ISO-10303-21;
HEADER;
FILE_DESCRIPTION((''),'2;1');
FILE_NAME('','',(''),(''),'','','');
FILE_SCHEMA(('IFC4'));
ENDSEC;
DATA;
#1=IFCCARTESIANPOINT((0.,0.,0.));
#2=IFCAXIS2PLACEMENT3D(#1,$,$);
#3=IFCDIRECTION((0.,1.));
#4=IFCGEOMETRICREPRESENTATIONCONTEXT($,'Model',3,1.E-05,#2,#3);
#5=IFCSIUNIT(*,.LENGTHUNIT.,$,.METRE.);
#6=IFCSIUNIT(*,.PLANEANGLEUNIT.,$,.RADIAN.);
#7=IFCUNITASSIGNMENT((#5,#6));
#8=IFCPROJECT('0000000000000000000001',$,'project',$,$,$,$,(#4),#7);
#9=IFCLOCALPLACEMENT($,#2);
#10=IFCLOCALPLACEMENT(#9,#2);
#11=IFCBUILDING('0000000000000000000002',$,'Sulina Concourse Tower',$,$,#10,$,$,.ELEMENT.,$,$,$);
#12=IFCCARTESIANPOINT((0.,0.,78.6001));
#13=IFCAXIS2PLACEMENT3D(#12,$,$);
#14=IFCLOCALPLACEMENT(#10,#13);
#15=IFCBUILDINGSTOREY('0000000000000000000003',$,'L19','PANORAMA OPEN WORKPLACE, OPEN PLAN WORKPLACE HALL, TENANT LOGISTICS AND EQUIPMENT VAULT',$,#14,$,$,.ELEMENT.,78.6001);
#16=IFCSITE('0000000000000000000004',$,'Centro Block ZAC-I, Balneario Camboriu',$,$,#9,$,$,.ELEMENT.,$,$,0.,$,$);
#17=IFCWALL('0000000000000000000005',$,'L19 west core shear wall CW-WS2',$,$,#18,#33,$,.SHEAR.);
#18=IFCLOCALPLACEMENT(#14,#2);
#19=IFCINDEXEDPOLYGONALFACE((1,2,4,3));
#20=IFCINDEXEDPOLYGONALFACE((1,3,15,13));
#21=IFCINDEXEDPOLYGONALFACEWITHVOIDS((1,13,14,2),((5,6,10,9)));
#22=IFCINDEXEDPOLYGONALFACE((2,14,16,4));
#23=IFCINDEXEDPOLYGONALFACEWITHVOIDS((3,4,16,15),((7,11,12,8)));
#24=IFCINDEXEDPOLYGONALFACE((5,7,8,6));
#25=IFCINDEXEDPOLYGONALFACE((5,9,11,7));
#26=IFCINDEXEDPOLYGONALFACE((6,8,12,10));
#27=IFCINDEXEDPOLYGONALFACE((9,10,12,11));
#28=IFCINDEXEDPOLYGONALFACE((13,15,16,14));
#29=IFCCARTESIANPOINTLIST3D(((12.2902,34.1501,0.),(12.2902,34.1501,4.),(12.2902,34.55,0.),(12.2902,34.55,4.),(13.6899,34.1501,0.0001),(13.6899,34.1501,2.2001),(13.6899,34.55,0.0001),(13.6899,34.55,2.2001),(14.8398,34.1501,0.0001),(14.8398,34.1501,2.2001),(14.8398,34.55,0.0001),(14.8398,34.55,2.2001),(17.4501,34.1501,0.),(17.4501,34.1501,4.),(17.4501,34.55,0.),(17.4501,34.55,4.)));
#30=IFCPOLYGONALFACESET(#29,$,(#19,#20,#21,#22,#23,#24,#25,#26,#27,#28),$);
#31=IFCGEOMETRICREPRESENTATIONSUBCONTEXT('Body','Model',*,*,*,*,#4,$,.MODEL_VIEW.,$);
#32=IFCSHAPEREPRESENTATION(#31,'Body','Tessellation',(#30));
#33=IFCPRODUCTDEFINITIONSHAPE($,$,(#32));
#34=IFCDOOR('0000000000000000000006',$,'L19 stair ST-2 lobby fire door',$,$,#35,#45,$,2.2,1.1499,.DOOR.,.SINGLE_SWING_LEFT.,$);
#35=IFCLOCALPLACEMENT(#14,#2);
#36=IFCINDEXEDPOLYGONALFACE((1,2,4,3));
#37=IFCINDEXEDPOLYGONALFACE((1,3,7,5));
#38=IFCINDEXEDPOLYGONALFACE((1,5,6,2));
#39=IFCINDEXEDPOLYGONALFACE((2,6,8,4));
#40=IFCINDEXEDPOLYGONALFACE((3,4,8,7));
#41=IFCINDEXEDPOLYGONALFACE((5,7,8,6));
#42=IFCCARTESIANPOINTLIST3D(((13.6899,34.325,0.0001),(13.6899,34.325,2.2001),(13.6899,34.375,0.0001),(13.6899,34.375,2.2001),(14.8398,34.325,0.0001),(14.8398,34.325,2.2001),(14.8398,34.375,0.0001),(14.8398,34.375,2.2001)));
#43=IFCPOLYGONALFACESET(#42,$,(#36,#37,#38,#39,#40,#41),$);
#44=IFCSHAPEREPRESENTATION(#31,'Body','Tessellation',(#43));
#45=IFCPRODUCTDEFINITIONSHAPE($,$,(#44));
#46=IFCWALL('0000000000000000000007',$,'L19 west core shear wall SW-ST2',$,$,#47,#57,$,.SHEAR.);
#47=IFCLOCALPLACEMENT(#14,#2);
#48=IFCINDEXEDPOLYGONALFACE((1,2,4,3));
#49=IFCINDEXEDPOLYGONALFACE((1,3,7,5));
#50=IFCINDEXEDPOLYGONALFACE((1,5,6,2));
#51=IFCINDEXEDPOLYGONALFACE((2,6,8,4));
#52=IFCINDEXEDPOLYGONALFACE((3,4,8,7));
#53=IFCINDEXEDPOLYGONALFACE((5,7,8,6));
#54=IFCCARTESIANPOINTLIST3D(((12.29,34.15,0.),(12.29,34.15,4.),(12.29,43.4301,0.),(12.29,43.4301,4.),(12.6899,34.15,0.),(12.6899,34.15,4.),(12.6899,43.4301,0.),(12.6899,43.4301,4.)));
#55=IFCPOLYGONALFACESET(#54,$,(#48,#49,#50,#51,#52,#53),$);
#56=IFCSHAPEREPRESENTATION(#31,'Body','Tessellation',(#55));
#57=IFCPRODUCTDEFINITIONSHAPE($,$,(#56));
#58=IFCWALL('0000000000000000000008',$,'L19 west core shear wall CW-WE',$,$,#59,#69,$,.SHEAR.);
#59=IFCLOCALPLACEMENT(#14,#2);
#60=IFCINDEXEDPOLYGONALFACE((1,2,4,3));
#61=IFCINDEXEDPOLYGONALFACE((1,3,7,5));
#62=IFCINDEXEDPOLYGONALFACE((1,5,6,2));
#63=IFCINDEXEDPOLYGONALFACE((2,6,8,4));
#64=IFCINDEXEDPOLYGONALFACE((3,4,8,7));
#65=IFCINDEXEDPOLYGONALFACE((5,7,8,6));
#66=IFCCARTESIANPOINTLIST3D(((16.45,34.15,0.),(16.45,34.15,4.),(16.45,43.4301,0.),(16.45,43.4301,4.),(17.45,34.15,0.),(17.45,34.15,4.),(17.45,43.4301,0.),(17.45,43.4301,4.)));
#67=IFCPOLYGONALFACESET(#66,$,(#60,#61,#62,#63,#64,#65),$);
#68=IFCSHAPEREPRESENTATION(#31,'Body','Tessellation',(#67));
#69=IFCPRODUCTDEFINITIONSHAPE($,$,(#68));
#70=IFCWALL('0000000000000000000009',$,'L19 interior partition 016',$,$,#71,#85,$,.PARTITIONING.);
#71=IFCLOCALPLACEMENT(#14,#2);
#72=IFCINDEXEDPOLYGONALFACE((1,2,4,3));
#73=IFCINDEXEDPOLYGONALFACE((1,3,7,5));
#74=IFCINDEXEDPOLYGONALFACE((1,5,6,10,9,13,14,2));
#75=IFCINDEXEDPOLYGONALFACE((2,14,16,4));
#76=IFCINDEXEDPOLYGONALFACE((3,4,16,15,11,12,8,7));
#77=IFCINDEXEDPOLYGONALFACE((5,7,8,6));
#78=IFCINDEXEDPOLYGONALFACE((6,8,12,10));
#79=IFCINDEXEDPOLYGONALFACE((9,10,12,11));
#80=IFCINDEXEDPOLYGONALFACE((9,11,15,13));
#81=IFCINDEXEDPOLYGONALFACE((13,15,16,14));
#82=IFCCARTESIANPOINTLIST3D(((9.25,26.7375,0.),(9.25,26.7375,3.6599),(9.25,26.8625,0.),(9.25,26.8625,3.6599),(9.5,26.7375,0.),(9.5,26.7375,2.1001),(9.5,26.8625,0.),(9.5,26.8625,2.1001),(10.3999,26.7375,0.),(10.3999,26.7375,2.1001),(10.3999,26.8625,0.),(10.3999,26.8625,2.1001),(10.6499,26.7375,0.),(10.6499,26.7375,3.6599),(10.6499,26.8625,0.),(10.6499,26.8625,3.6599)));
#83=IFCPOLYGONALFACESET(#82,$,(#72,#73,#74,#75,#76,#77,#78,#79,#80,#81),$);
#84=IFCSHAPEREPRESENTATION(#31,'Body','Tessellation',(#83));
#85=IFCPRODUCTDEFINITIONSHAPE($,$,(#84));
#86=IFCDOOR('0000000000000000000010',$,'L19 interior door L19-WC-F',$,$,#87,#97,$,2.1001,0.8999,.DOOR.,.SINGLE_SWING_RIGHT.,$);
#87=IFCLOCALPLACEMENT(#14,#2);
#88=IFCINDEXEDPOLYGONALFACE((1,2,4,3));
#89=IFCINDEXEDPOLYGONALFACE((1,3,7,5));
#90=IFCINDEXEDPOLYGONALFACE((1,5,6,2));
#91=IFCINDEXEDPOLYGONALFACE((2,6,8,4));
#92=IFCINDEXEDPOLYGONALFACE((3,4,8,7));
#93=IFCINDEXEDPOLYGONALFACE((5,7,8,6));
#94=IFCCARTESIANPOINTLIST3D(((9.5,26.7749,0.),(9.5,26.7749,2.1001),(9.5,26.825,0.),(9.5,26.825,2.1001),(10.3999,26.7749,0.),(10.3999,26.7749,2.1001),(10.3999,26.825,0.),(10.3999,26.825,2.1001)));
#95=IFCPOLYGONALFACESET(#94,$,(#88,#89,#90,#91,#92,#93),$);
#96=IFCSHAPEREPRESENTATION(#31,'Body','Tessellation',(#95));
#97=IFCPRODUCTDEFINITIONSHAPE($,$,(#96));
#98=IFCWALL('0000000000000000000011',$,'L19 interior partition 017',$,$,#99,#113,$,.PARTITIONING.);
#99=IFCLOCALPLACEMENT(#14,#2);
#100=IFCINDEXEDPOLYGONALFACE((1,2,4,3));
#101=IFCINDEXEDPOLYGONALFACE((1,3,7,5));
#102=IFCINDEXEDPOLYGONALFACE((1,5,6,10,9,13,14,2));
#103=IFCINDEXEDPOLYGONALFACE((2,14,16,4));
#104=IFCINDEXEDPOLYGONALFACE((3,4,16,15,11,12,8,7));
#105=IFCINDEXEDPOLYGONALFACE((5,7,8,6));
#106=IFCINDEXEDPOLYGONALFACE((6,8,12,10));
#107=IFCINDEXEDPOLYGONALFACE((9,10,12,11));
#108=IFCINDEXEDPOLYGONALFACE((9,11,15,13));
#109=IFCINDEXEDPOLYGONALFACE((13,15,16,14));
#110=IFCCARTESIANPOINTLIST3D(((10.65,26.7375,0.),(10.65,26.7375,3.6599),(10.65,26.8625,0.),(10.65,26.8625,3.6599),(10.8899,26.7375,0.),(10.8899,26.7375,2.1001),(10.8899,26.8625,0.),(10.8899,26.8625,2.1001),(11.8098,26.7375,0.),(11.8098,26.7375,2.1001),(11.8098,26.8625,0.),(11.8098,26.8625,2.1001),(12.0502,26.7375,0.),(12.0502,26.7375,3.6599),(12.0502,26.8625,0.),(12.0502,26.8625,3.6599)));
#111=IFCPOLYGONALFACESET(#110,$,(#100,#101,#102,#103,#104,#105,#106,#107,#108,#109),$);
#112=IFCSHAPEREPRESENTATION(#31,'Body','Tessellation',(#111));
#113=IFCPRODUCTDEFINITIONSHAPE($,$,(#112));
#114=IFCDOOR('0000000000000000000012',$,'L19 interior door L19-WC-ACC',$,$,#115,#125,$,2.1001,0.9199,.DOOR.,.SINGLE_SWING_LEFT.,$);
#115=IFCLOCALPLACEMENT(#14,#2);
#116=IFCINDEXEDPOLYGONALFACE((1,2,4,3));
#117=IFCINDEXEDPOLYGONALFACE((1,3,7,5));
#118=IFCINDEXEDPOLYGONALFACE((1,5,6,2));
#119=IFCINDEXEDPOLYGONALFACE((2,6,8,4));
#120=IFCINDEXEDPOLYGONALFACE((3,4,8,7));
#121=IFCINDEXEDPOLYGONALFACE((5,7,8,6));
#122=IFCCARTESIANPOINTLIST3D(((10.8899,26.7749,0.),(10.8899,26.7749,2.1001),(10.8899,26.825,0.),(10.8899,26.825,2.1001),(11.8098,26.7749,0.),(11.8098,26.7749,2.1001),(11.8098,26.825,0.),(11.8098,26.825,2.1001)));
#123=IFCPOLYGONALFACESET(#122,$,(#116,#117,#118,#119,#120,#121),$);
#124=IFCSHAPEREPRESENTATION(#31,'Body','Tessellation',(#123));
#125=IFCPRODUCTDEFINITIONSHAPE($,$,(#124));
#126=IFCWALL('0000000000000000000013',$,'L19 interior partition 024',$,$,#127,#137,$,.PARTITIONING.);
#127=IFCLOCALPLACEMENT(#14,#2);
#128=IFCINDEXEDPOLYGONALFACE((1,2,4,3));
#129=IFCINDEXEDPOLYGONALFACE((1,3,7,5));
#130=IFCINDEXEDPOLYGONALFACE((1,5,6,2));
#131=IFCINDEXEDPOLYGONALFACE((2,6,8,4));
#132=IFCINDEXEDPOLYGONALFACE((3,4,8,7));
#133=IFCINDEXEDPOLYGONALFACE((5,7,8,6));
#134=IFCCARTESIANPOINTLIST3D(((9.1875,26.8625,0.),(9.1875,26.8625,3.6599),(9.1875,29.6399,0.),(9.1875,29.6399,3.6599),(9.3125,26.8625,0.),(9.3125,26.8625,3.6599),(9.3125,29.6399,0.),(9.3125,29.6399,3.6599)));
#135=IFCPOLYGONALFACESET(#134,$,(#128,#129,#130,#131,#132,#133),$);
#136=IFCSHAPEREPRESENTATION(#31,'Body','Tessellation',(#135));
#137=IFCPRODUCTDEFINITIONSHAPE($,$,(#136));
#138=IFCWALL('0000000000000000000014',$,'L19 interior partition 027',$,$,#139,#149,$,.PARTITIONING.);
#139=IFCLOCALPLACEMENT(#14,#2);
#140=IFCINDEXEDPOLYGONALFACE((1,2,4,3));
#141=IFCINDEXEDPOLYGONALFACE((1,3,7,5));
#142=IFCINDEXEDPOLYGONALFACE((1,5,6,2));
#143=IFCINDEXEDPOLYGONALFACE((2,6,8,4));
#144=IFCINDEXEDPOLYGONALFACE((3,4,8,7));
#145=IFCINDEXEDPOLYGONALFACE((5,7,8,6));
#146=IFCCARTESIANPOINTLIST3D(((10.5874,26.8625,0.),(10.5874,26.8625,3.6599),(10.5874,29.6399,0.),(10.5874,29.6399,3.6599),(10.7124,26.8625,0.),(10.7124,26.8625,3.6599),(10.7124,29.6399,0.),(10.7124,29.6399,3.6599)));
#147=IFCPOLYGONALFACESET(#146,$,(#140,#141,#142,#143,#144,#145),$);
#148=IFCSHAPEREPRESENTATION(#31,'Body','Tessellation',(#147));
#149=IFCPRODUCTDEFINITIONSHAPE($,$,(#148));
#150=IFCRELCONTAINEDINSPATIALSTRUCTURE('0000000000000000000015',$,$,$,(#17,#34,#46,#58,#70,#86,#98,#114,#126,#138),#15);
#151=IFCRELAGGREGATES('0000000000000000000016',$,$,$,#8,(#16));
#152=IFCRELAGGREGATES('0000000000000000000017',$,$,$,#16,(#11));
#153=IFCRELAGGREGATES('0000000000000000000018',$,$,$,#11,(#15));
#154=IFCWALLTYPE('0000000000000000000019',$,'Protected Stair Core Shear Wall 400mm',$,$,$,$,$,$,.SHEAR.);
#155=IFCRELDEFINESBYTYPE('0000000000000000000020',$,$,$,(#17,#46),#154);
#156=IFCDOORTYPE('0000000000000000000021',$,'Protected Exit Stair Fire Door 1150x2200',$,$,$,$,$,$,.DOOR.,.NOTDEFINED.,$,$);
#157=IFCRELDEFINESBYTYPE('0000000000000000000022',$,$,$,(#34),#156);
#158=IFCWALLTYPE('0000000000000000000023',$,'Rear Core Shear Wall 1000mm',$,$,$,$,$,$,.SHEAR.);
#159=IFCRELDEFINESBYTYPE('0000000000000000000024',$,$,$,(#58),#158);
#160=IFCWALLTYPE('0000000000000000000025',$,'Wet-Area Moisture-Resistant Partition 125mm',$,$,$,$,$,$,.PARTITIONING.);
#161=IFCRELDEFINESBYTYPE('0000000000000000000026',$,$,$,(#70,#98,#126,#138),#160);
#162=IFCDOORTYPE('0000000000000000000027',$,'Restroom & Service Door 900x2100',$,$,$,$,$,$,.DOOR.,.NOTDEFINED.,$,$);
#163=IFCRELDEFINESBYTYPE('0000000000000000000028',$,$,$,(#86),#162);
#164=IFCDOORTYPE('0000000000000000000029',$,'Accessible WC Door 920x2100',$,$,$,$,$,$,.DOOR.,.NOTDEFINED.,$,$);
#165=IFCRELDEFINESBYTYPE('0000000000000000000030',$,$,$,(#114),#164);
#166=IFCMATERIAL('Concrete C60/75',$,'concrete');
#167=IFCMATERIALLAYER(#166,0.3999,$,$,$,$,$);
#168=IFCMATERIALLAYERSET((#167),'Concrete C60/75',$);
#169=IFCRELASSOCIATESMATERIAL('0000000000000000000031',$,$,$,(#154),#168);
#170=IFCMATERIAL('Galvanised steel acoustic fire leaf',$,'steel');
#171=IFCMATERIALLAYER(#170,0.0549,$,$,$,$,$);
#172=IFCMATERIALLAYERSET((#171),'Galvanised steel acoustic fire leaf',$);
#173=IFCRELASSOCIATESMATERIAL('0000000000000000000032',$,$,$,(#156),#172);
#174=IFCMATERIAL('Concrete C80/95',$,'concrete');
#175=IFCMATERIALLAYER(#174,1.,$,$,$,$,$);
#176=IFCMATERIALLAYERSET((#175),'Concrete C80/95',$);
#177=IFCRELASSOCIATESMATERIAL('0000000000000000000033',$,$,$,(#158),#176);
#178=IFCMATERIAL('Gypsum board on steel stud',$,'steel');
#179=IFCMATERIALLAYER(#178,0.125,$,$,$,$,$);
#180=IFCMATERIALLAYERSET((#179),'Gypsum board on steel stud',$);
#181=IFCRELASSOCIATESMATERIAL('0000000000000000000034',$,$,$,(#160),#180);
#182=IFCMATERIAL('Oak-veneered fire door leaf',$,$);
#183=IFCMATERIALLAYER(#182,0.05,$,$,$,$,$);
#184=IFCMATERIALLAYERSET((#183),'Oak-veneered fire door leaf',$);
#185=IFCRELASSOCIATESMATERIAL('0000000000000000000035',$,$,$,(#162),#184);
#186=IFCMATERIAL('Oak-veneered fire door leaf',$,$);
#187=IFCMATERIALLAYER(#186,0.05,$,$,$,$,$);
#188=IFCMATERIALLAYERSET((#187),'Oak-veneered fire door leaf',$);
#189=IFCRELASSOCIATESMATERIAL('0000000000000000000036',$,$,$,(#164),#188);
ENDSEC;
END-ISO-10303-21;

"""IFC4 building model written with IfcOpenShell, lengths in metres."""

from ifc_helpers import new_model, si_unit, direction, frame, frame_2d, origin, place, context, subcontext, project, spatial, rectangle, extrude, material, layer, layer_set, type_object, element, fill, save


model = new_model("IFC4")

# Units and contexts
model_context = context("Model", 3, precision=1e-05, world=origin(), true_north=direction((0.0, 1.0)))
body_context = subcontext(model_context, "Body", "Model", "MODEL_VIEW")
ifc_project = project(units=[si_unit("LENGTHUNIT", "METRE"), si_unit("PLANEANGLEUNIT", "RADIAN")], contexts=[model_context])

# Site, building, storey
site_placement = place(None, origin())
site = spatial("IfcSite", under=ifc_project, at=site_placement, Name="Centro Block ZAC-I, Balneario Camboriu", CompositionType="ELEMENT", RefElevation=0.0)
building_placement = place(site_placement, origin())
building = spatial("IfcBuilding", under=site, at=building_placement, Name="Sulina Concourse Tower", CompositionType="ELEMENT")
storey_placement = place(building_placement, frame((0.0, 0.0, 78.6001)))
storey = spatial("IfcBuildingStorey", under=building, at=storey_placement, Name="L19", Description="PANORAMA OPEN WORKPLACE, OPEN PLAN WORKPLACE HALL, TENANT LOGISTICS AND EQUIPMENT VAULT", CompositionType="ELEMENT", Elevation=78.6001)

# Wall, opening, door
ifc_material_1 = material(Name="Concrete C60/75", Category="concrete")
ifc_layer_1 = layer(ifc_material_1, 0.3999)
ifc_layer_set_1 = layer_set([ifc_layer_1], Name="Concrete C60/75")
wall_type_1 = type_object("IfcWallType", Name="Protected Stair Core Shear Wall 400mm", PredefinedType="SHEAR", material=ifc_layer_set_1)
wall_1_placement = place(storey_placement, frame((12.29, 34.3501, 0.0), z_axis=(0.0, 0.0, 1.0), x_axis=(1.0, 0.0, 0.0)))
wall_1 = element("IfcWall", 1, at=wall_1_placement, inside=storey, type_object=wall_type_1, Name="L19 west core shear wall CW-WS2", PredefinedType="SHEAR", context=body_context, shape_type="SweptSolid", body=[
    extrude(rectangle(XDim=5.1599, YDim=0.3999, at=frame_2d((2.5801, 0.0))), origin(), (0.0, 0.0, 1.0), 4.0),
])
opening_1_placement = place(wall_1_placement, frame((1.3999, 0.0, 0.0)))
opening_1 = element("IfcOpeningElement", 2, at=opening_1_placement, cuts=wall_1, PredefinedType="OPENING", context=body_context, shape_type="SweptSolid", body=[
    extrude(rectangle(XDim=1.1499, YDim=2.2, at=frame_2d((0.575, 1.1001))), frame((0.0, 0.21, 0.0), z_axis=(0.0, -1.0, 0.0), x_axis=(1.0, 0.0, 0.0)), (0.0, 0.0, 1.0), 0.4199),
])
ifc_material_2 = material(Name="Galvanised steel acoustic fire leaf", Category="steel")
ifc_layer_2 = layer(ifc_material_2, 0.0549)
ifc_layer_set_2 = layer_set([ifc_layer_2], Name="Galvanised steel acoustic fire leaf")
door_type_1 = type_object("IfcDoorType", Name="Protected Exit Stair Fire Door 1150x2200", OperationType="NOTDEFINED", PredefinedType="DOOR", material=ifc_layer_set_2)
door_1_placement = place(opening_1_placement, origin())
door_1 = element("IfcDoor", 3, at=door_1_placement, inside=storey, type_object=door_type_1, Name="L19 stair ST-2 lobby fire door", OperationType="SINGLE_SWING_LEFT", OverallHeight=2.2, OverallWidth=1.1499, PredefinedType="DOOR", context=body_context, shape_type="SweptSolid", body=[
    extrude(rectangle(XDim=1.1499, YDim=2.2, at=frame_2d((0.575, 1.1001))), frame((0.0, 0.0249, 0.0), z_axis=(0.0, -1.0, 0.0), x_axis=(1.0, 0.0, 0.0)), (0.0, 0.0, 1.0), 0.05),
])
fill(opening_1, door_1)

# Walls
wall_2_placement = place(storey_placement, frame((12.49, 34.1499, 0.0), z_axis=(0.0, 0.0, 1.0), x_axis=(0.0, 1.0, 0.0)))
element("IfcWall", 4, at=wall_2_placement, inside=storey, type_object=wall_type_1, Name="L19 west core shear wall SW-ST2", PredefinedType="SHEAR", context=body_context, shape_type="SweptSolid", body=[
    extrude(rectangle(XDim=9.28, YDim=0.3999, at=frame_2d((4.6401, 0.0))), origin(), (0.0, 0.0, 1.0), 4.0),
])
ifc_material_3 = material(Name="Concrete C80/95", Category="concrete")
ifc_layer_3 = layer(ifc_material_3, 1.0)
ifc_layer_set_3 = layer_set([ifc_layer_3], Name="Concrete C80/95")
wall_type_2 = type_object("IfcWallType", Name="Rear Core Shear Wall 1000mm", PredefinedType="SHEAR", material=ifc_layer_set_3)
wall_3_placement = place(storey_placement, frame((16.95, 34.1499, 0.0), z_axis=(0.0, 0.0, 1.0), x_axis=(0.0, 1.0, 0.0)))
element("IfcWall", 5, at=wall_3_placement, inside=storey, type_object=wall_type_2, Name="L19 west core shear wall CW-WE", PredefinedType="SHEAR", context=body_context, shape_type="SweptSolid", body=[
    extrude(rectangle(XDim=9.28, YDim=1.0, at=frame_2d((4.6401, 0.0))), origin(), (0.0, 0.0, 1.0), 4.0),
])

# Walls, openings, doors
ifc_material_4 = material(Name="Gypsum board on steel stud", Category="steel")
ifc_layer_4 = layer(ifc_material_4, 0.125)
ifc_layer_set_4 = layer_set([ifc_layer_4], Name="Gypsum board on steel stud")
wall_type_3 = type_object("IfcWallType", Name="Wet-Area Moisture-Resistant Partition 125mm", PredefinedType="PARTITIONING", material=ifc_layer_set_4)
wall_4_placement = place(storey_placement, frame((9.25, 26.8, 0.0), z_axis=(0.0, 0.0, 1.0), x_axis=(1.0, 0.0, 0.0)))
wall_4 = element("IfcWall", 6, at=wall_4_placement, inside=storey, type_object=wall_type_3, Name="L19 interior partition 016", PredefinedType="PARTITIONING", context=body_context, shape_type="SweptSolid", body=[
    extrude(rectangle(XDim=1.3999, YDim=0.125, at=frame_2d((0.7, 0.0))), origin(), (0.0, 0.0, 1.0), 3.6599),
])
opening_2_placement = place(wall_4_placement, frame((0.25, 0.0, 0.0)))
opening_2 = element("IfcOpeningElement", 7, at=opening_2_placement, cuts=wall_4, PredefinedType="OPENING", context=body_context, shape_type="SweptSolid", body=[
    extrude(rectangle(XDim=0.8999, YDim=2.1001, at=frame_2d((0.45, 1.05))), frame((0.0, 0.0725, 0.0), z_axis=(0.0, -1.0, 0.0), x_axis=(1.0, 0.0, 0.0)), (0.0, 0.0, 1.0), 0.145),
])
ifc_material_5 = material(Name="Oak-veneered fire door leaf")
ifc_layer_5 = layer(ifc_material_5, 0.05)
ifc_layer_set_5 = layer_set([ifc_layer_5], Name="Oak-veneered fire door leaf")
door_type_2 = type_object("IfcDoorType", Name="Restroom & Service Door 900x2100", OperationType="NOTDEFINED", PredefinedType="DOOR", material=ifc_layer_set_5)
door_2_placement = place(opening_2_placement, origin())
door_2 = element("IfcDoor", 8, at=door_2_placement, inside=storey, type_object=door_type_2, Name="L19 interior door L19-WC-F", OperationType="SINGLE_SWING_RIGHT", OverallHeight=2.1001, OverallWidth=0.8999, PredefinedType="DOOR", context=body_context, shape_type="SweptSolid", body=[
    extrude(rectangle(XDim=0.8999, YDim=2.1001, at=frame_2d((0.45, 1.05))), frame((0.0, 0.0249, 0.0), z_axis=(0.0, -1.0, 0.0), x_axis=(1.0, 0.0, 0.0)), (0.0, 0.0, 1.0), 0.05),
])
fill(opening_2, door_2)
wall_5_placement = place(storey_placement, frame((10.6499, 26.8, 0.0), z_axis=(0.0, 0.0, 1.0), x_axis=(1.0, 0.0, 0.0)))
wall_5 = element("IfcWall", 9, at=wall_5_placement, inside=storey, type_object=wall_type_3, Name="L19 interior partition 017", PredefinedType="PARTITIONING", context=body_context, shape_type="SweptSolid", body=[
    extrude(rectangle(XDim=1.4001, YDim=0.125, at=frame_2d((0.7002, 0.0))), origin(), (0.0, 0.0, 1.0), 3.6599),
])
opening_3_placement = place(wall_5_placement, frame((0.24, 0.0, 0.0)))
opening_3 = element("IfcOpeningElement", 10, at=opening_3_placement, cuts=wall_5, PredefinedType="OPENING", context=body_context, shape_type="SweptSolid", body=[
    extrude(rectangle(XDim=0.9199, YDim=2.1001, at=frame_2d((0.46, 1.05))), frame((0.0, 0.0725, 0.0), z_axis=(0.0, -1.0, 0.0), x_axis=(1.0, 0.0, 0.0)), (0.0, 0.0, 1.0), 0.145),
])
ifc_material_6 = material(Name="Oak-veneered fire door leaf")
ifc_layer_6 = layer(ifc_material_6, 0.05)
ifc_layer_set_6 = layer_set([ifc_layer_6], Name="Oak-veneered fire door leaf")
door_type_3 = type_object("IfcDoorType", Name="Accessible WC Door 920x2100", OperationType="NOTDEFINED", PredefinedType="DOOR", material=ifc_layer_set_6)
door_3_placement = place(opening_3_placement, origin())
door_3 = element("IfcDoor", 11, at=door_3_placement, inside=storey, type_object=door_type_3, Name="L19 interior door L19-WC-ACC", OperationType="SINGLE_SWING_LEFT", OverallHeight=2.1001, OverallWidth=0.9199, PredefinedType="DOOR", context=body_context, shape_type="SweptSolid", body=[
    extrude(rectangle(XDim=0.9199, YDim=2.1001, at=frame_2d((0.46, 1.05))), frame((0.0, 0.0249, 0.0), z_axis=(0.0, -1.0, 0.0), x_axis=(1.0, 0.0, 0.0)), (0.0, 0.0, 1.0), 0.05),
])
fill(opening_3, door_3)

# Walls
for number, where, z_axis, x_axis, name in (
    (12, (9.25, 26.8625, 0.0), (0.0, 0.0, 1.0), (0.0, 1.0, 0.0), "L19 interior partition 024"),
    (13, (10.6499, 26.8625, 0.0), (0.0, 0.0, 1.0), (0.0, 1.0, 0.0), "L19 interior partition 027"),
):
    element("IfcWall", number, at=place(storey_placement, frame(where, z_axis=z_axis, x_axis=x_axis)), inside=storey, type_object=wall_type_3, Name=name, PredefinedType="PARTITIONING", context=body_context, shape_type="SweptSolid", body=[
        extrude(rectangle(XDim=2.7773, YDim=0.125, at=frame_2d((1.3887, 0.0))), origin(), (0.0, 0.0, 1.0), 3.6599),
    ])

save(model, "model.ifc")
